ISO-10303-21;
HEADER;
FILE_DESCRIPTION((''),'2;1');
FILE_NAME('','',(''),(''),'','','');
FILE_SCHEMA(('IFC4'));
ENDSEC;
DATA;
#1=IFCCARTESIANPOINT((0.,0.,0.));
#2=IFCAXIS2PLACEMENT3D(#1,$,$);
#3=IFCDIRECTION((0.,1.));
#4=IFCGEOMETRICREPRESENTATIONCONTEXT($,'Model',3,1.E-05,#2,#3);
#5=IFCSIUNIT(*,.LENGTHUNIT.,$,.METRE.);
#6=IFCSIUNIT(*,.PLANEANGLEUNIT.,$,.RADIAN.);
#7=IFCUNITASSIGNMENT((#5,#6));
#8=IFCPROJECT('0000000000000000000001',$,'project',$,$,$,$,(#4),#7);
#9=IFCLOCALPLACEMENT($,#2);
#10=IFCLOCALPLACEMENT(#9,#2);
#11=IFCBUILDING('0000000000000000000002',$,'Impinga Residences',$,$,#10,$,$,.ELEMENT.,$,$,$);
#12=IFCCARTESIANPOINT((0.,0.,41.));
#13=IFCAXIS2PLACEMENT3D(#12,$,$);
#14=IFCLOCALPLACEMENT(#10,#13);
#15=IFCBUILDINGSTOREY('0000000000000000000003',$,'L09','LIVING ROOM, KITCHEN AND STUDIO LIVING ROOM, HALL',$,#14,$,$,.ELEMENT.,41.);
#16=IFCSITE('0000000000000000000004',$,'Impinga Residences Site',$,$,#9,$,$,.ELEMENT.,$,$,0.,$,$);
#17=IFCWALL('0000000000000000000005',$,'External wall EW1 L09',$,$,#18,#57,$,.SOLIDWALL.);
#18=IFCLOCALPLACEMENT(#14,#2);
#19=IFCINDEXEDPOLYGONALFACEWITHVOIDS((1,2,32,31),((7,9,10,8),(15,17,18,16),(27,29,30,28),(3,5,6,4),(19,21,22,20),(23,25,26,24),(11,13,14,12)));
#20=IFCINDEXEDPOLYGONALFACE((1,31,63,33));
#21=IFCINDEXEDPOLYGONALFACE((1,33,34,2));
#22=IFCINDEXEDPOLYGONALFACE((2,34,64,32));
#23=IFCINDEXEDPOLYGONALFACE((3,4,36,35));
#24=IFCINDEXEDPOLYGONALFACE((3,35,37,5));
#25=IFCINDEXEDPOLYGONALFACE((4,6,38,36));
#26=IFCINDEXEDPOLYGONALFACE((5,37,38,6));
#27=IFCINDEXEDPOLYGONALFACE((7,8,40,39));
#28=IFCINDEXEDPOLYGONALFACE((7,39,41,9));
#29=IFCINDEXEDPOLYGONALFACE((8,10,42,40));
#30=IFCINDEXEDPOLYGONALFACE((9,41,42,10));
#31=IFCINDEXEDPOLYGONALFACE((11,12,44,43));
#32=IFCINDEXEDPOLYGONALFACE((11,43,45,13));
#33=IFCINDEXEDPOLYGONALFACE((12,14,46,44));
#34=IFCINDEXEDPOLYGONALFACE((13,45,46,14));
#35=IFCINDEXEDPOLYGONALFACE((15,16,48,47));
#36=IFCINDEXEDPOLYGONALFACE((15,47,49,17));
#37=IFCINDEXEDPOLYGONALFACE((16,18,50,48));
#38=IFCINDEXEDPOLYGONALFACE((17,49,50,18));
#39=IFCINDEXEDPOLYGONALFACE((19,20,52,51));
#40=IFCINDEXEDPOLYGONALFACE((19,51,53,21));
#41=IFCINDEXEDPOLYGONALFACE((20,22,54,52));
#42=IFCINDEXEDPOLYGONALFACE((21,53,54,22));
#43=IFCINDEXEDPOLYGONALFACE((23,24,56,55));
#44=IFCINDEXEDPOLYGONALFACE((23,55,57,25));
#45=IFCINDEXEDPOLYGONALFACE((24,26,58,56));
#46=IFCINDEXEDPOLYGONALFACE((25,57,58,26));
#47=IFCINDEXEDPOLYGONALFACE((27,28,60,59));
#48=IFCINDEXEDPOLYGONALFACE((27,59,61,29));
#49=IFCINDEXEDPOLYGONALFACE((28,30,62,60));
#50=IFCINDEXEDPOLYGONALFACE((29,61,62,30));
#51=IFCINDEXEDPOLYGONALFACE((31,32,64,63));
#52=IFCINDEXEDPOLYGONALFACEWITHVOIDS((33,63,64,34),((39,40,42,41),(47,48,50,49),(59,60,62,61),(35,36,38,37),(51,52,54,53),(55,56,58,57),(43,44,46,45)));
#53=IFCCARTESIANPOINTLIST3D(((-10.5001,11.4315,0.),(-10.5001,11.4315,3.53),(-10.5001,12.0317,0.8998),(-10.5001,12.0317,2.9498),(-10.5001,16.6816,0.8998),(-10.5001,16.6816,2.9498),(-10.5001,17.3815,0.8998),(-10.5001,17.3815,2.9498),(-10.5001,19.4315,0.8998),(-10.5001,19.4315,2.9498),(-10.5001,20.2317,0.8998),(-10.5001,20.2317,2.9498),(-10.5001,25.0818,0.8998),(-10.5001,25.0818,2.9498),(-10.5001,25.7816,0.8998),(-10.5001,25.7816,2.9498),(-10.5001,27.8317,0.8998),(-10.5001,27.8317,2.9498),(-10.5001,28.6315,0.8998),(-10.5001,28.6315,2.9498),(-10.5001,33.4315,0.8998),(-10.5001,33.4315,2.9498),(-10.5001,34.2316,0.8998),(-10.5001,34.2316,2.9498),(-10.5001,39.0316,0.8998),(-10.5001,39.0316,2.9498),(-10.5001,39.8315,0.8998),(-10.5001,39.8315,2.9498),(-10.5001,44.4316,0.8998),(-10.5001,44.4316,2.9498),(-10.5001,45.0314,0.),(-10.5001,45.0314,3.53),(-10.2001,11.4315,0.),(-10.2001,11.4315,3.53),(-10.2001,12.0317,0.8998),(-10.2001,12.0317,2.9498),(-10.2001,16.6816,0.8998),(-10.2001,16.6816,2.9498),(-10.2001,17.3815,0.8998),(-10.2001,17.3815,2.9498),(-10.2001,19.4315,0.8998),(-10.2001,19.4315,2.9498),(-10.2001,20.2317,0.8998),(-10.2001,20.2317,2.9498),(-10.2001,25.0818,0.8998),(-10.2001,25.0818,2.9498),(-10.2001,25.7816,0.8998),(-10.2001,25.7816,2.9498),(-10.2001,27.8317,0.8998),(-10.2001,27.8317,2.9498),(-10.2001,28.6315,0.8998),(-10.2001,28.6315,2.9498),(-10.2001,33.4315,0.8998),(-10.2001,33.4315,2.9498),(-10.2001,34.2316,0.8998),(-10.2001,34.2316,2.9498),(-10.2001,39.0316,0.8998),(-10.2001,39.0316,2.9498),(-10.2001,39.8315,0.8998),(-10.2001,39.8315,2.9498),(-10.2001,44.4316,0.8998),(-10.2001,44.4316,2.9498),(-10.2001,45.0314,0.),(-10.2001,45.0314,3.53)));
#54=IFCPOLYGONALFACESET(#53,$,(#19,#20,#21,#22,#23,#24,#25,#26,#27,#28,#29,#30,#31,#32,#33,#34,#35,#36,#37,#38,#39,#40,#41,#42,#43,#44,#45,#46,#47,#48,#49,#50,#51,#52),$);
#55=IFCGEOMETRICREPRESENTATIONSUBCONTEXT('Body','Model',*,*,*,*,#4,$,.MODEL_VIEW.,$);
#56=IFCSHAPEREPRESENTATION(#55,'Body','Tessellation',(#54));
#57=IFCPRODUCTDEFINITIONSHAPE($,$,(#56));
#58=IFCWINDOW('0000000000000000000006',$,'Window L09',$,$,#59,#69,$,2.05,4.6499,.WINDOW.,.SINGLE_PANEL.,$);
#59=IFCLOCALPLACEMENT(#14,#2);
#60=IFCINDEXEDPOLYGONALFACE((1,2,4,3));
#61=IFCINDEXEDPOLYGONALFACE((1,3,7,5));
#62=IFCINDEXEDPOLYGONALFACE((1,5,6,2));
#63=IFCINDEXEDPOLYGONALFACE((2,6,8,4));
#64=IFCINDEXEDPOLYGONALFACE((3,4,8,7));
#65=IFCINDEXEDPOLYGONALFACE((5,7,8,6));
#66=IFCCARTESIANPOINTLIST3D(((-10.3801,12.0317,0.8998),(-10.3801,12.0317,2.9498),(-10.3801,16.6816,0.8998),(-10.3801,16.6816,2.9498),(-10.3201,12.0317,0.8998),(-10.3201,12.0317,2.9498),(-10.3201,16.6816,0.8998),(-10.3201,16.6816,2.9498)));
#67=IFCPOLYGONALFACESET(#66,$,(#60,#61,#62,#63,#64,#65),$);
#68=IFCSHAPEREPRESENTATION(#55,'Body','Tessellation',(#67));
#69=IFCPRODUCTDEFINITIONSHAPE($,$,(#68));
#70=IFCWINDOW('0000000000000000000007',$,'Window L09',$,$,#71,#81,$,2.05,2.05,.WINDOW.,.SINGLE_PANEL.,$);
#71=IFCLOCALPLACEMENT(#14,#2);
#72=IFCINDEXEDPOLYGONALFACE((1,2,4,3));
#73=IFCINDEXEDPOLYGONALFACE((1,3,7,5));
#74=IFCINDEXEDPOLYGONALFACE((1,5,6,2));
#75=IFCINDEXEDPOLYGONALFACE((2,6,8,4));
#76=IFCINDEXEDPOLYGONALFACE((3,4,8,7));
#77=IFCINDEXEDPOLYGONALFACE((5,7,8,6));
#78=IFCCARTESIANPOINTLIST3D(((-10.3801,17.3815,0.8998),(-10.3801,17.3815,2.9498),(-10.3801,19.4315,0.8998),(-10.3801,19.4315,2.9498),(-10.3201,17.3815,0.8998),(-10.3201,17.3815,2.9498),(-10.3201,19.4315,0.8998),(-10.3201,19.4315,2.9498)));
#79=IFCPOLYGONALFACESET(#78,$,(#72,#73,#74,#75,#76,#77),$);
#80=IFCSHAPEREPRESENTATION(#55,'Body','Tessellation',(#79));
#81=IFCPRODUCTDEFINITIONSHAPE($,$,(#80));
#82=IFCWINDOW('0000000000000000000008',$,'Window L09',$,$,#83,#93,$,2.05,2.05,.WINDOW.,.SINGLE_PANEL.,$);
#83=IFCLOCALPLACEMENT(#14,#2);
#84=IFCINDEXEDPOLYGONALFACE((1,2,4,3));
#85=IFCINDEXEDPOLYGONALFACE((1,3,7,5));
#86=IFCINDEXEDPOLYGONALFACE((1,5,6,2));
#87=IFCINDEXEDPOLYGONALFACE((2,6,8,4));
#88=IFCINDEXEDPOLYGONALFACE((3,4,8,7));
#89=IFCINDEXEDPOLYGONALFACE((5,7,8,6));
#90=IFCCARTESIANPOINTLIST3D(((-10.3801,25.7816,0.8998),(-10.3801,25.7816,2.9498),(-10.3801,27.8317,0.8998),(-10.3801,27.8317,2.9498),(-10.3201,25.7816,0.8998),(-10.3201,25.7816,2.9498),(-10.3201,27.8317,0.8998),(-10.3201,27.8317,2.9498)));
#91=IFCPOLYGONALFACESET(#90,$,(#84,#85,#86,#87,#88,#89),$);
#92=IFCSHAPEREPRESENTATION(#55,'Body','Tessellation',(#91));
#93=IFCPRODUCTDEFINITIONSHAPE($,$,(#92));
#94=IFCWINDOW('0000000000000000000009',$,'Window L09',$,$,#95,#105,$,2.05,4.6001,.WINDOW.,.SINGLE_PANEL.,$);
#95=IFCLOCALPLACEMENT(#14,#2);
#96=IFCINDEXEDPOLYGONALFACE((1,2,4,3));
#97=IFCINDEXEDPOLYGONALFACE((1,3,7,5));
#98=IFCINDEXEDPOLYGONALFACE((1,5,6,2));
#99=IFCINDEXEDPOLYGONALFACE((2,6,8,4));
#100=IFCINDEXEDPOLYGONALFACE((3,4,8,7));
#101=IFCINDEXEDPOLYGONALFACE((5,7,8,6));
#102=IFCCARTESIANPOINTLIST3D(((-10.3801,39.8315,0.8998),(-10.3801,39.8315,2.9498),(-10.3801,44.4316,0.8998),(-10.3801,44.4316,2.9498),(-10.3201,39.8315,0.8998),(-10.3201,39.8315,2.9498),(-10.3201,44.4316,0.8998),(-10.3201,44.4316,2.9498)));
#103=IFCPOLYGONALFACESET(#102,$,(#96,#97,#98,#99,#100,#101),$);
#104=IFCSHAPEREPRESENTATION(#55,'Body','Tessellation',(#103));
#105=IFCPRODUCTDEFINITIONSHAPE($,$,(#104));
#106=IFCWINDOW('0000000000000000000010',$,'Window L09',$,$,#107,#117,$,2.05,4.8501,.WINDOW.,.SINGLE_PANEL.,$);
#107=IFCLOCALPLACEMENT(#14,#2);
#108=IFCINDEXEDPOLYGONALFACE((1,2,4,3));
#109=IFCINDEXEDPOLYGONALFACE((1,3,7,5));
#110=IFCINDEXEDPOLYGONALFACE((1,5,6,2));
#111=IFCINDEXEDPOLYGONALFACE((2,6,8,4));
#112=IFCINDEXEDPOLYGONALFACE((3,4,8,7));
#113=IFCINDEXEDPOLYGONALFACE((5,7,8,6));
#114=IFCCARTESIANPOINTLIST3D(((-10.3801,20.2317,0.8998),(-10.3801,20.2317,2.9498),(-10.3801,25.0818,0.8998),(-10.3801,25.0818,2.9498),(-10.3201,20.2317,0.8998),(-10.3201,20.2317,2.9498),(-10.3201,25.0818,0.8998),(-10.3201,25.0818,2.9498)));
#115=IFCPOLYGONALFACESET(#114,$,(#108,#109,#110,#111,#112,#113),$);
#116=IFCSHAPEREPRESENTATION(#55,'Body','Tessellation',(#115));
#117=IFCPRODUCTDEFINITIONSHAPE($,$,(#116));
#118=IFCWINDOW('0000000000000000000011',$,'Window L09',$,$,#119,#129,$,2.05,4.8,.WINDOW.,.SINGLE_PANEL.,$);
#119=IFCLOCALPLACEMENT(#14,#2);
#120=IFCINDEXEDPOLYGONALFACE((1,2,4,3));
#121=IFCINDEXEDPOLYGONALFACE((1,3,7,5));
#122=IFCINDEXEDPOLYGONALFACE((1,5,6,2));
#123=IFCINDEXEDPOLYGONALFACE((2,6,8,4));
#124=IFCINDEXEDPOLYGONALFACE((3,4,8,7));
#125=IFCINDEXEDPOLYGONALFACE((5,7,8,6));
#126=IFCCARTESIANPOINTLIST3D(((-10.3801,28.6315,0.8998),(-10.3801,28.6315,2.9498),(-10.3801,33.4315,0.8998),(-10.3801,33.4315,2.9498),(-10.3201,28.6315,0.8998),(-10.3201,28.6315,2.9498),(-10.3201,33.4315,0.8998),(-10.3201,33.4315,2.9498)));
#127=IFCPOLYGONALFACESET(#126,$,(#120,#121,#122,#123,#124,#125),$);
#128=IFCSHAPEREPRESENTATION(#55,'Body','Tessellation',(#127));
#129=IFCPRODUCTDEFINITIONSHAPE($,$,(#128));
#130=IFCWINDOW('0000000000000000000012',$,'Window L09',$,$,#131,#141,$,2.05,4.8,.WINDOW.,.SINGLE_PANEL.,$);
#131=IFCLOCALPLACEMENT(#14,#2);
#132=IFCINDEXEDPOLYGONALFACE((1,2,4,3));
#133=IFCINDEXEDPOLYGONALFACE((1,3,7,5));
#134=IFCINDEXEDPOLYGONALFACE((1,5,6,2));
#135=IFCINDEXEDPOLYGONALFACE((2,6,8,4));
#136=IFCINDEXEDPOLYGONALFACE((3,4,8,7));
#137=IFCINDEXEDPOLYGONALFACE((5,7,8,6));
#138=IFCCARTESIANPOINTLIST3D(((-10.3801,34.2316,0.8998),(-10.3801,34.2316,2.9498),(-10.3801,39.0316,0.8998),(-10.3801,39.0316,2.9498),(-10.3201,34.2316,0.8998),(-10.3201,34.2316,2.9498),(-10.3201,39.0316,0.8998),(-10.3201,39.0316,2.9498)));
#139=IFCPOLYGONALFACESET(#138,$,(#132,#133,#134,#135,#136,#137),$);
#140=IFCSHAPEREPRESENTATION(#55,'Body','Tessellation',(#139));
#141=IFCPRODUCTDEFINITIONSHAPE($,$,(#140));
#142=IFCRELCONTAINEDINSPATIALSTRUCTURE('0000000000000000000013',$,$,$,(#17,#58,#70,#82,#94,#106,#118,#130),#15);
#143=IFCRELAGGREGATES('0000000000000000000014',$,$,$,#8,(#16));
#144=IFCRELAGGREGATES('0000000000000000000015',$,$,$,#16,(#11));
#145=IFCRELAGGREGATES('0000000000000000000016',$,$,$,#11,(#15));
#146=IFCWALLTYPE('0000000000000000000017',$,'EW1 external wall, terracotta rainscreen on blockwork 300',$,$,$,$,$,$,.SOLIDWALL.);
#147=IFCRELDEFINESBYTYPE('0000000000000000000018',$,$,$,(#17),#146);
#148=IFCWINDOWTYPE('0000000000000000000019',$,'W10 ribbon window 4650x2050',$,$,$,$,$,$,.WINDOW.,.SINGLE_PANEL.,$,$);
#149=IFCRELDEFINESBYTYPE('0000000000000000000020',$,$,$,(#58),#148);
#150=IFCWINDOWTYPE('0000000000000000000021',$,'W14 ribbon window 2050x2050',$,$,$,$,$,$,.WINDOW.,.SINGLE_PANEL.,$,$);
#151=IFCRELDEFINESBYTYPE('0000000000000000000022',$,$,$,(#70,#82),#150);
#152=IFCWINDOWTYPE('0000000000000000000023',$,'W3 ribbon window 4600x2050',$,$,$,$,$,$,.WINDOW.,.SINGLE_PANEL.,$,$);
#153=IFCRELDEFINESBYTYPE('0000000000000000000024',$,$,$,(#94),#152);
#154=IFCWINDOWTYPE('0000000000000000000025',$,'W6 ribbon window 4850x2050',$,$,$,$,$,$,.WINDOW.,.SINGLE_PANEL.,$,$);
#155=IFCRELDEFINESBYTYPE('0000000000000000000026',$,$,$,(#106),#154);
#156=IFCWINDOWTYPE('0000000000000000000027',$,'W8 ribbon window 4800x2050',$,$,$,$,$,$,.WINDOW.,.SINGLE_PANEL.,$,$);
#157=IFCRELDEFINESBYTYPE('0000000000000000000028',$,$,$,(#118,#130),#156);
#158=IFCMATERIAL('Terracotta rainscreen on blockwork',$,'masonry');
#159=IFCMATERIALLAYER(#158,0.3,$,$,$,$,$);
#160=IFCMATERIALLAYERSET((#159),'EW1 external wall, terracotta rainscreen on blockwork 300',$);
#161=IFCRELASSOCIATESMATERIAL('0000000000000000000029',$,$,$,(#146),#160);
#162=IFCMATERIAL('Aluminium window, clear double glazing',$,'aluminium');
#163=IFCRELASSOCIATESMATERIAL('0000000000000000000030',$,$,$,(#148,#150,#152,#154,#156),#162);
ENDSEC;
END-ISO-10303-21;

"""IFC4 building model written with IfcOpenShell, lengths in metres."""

from ifc_helpers import new_model, si_unit, direction, frame, frame_2d, origin, place, context, subcontext, project, spatial, rectangle, extrude, material, layer, layer_set, type_object, element, fill, save


model = new_model("IFC4")

# Units and contexts
model_context = context("Model", 3, precision=1e-05, world=origin(), true_north=direction((0.0, 1.0)))
body_context = subcontext(model_context, "Body", "Model", "MODEL_VIEW")
ifc_project = project(units=[si_unit("LENGTHUNIT", "METRE"), si_unit("PLANEANGLEUNIT", "RADIAN")], contexts=[model_context])

# Site, building, storey
site_placement = place(None, origin())
site = spatial("IfcSite", under=ifc_project, at=site_placement, Name="Impinga Residences Site", CompositionType="ELEMENT", RefElevation=0.0)
building_placement = place(site_placement, origin())
building = spatial("IfcBuilding", under=site, at=building_placement, Name="Impinga Residences", CompositionType="ELEMENT")
storey_placement = place(building_placement, frame((0.0, 0.0, 41.0)))
storey = spatial("IfcBuildingStorey", under=building, at=storey_placement, Name="L09", Description="LIVING ROOM, KITCHEN AND STUDIO LIVING ROOM, HALL", CompositionType="ELEMENT", Elevation=41.0)

# Shared definitions
ifc_material_1 = material(Name="Terracotta rainscreen on blockwork", Category="masonry")
ifc_layer_1 = layer(ifc_material_1, 0.3)
ifc_layer_set_1 = layer_set([ifc_layer_1], Name="EW1 external wall, terracotta rainscreen on blockwork 300")
wall_type_1 = type_object("IfcWallType", Name="EW1 external wall, terracotta rainscreen on blockwork 300", PredefinedType="SOLIDWALL", material=ifc_layer_set_1)

# Wall, openings, windows
wall_1_placement = place(storey_placement, frame((-10.3501, 11.4316, 0.0), z_axis=(0.0, 0.0, 1.0), x_axis=(0.0, 1.0, 0.0)))
wall_1 = element("IfcWall", 1, at=wall_1_placement, inside=storey, type_object=wall_type_1, Name="External wall EW1 L09", PredefinedType="SOLIDWALL", context=body_context, shape_type="SweptSolid", body=[
    extrude(rectangle(XDim=33.5999, YDim=0.3, at=frame_2d((16.7998, 0.0))), origin(), (0.0, 0.0, 1.0), 3.53),
])
opening_1_placement = place(wall_1_placement, frame((0.6001, 0.0, 0.8999)))
opening_1 = element("IfcOpeningElement", 2, at=opening_1_placement, cuts=wall_1, PredefinedType="OPENING", context=body_context, shape_type="SweptSolid", body=[
    extrude(rectangle(XDim=4.6499, YDim=2.05, at=frame_2d((2.325, 1.0249))), frame((0.0, 0.1599, 0.0), z_axis=(0.0, -1.0, 0.0), x_axis=(1.0, 0.0, 0.0)), (0.0, 0.0, 1.0), 0.3201),
])
opening_2_placement = place(wall_1_placement, frame((5.95, 0.0, 0.8999)))
opening_2 = element("IfcOpeningElement", 3, at=opening_2_placement, cuts=wall_1, PredefinedType="OPENING", context=body_context, shape_type="SweptSolid", body=[
    extrude(rectangle(XDim=2.05, YDim=2.05, at=frame_2d((1.0249, 1.0249))), frame((0.0, 0.1599, 0.0), z_axis=(0.0, -1.0, 0.0), x_axis=(1.0, 0.0, 0.0)), (0.0, 0.0, 1.0), 0.3201),
])
opening_3_placement = place(wall_1_placement, frame((8.8, 0.0, 0.8999)))
opening_3 = element("IfcOpeningElement", 4, at=opening_3_placement, cuts=wall_1, PredefinedType="OPENING", context=body_context, shape_type="SweptSolid", body=[
    extrude(rectangle(XDim=4.8501, YDim=2.05, at=frame_2d((2.425, 1.0249))), frame((0.0, 0.1599, 0.0), z_axis=(0.0, -1.0, 0.0), x_axis=(1.0, 0.0, 0.0)), (0.0, 0.0, 1.0), 0.3201),
])
opening_4_placement = place(wall_1_placement, frame((14.3501, 0.0, 0.8999)))
opening_4 = element("IfcOpeningElement", 5, at=opening_4_placement, cuts=wall_1, PredefinedType="OPENING", context=body_context, shape_type="SweptSolid", body=[
    extrude(rectangle(XDim=2.05, YDim=2.05, at=frame_2d((1.0249, 1.0249))), frame((0.0, 0.1599, 0.0), z_axis=(0.0, -1.0, 0.0), x_axis=(1.0, 0.0, 0.0)), (0.0, 0.0, 1.0), 0.3201),
])
opening_5_placement = place(wall_1_placement, frame((17.2, 0.0, 0.8999)))
opening_5 = element("IfcOpeningElement", 6, at=opening_5_placement, cuts=wall_1, PredefinedType="OPENING", context=body_context, shape_type="SweptSolid", body=[
    extrude(rectangle(XDim=4.8, YDim=2.05, at=frame_2d((2.3999, 1.0249))), frame((0.0, 0.1599, 0.0), z_axis=(0.0, -1.0, 0.0), x_axis=(1.0, 0.0, 0.0)), (0.0, 0.0, 1.0), 0.3201),
])
opening_6_placement = place(wall_1_placement, frame((22.8, 0.0, 0.8999)))
opening_6 = element("IfcOpeningElement", 7, at=opening_6_placement, cuts=wall_1, PredefinedType="OPENING", context=body_context, shape_type="SweptSolid", body=[
    extrude(rectangle(XDim=4.8, YDim=2.05, at=frame_2d((2.3999, 1.0249))), frame((0.0, 0.1599, 0.0), z_axis=(0.0, -1.0, 0.0), x_axis=(1.0, 0.0, 0.0)), (0.0, 0.0, 1.0), 0.3201),
])
opening_7_placement = place(wall_1_placement, frame((28.3999, 0.0, 0.8999)))
opening_7 = element("IfcOpeningElement", 8, at=opening_7_placement, cuts=wall_1, PredefinedType="OPENING", context=body_context, shape_type="SweptSolid", body=[
    extrude(rectangle(XDim=4.6001, YDim=2.05, at=frame_2d((2.3, 1.0249))), frame((0.0, 0.1599, 0.0), z_axis=(0.0, -1.0, 0.0), x_axis=(1.0, 0.0, 0.0)), (0.0, 0.0, 1.0), 0.3201),
])
ifc_material_2 = material(Name="Aluminium window, clear double glazing", Category="aluminium")
window_type_1 = type_object("IfcWindowType", Name="W10 ribbon window 4650x2050", PartitioningType="SINGLE_PANEL", PredefinedType="WINDOW", material=ifc_material_2)
window_1_placement = place(opening_1_placement, origin())
window_1 = element("IfcWindow", 9, at=window_1_placement, inside=storey, type_object=window_type_1, Name="Window L09", OverallHeight=2.05, OverallWidth=4.6499, PartitioningType="SINGLE_PANEL", PredefinedType="WINDOW", context=body_context, shape_type="SweptSolid", body=[
    extrude(rectangle(XDim=4.6499, YDim=2.05, at=frame_2d((2.325, 1.0249))), frame((0.0, 0.03, 0.0), z_axis=(0.0, -1.0, 0.0), x_axis=(1.0, 0.0, 0.0)), (0.0, 0.0, 1.0), 0.0601),
])
fill(opening_1, window_1)
window_type_2 = type_object("IfcWindowType", Name="W14 ribbon window 2050x2050", PartitioningType="SINGLE_PANEL", PredefinedType="WINDOW", material=ifc_material_2)
window_2_placement = place(opening_2_placement, origin())
window_2 = element("IfcWindow", 10, at=window_2_placement, inside=storey, type_object=window_type_2, Name="Window L09", OverallHeight=2.05, OverallWidth=2.05, PartitioningType="SINGLE_PANEL", PredefinedType="WINDOW", context=body_context, shape_type="SweptSolid", body=[
    extrude(rectangle(XDim=2.05, YDim=2.05, at=frame_2d((1.0249, 1.0249))), frame((0.0, 0.03, 0.0), z_axis=(0.0, -1.0, 0.0), x_axis=(1.0, 0.0, 0.0)), (0.0, 0.0, 1.0), 0.0601),
])
fill(opening_2, window_2)
window_3_placement = place(opening_4_placement, origin())
window_3 = element("IfcWindow", 11, at=window_3_placement, inside=storey, type_object=window_type_2, Name="Window L09", OverallHeight=2.05, OverallWidth=2.05, PartitioningType="SINGLE_PANEL", PredefinedType="WINDOW", context=body_context, shape_type="SweptSolid", body=[
    extrude(rectangle(XDim=2.05, YDim=2.05, at=frame_2d((1.0249, 1.0249))), frame((0.0, 0.03, 0.0), z_axis=(0.0, -1.0, 0.0), x_axis=(1.0, 0.0, 0.0)), (0.0, 0.0, 1.0), 0.0601),
])
fill(opening_4, window_3)
window_type_3 = type_object("IfcWindowType", Name="W3 ribbon window 4600x2050", PartitioningType="SINGLE_PANEL", PredefinedType="WINDOW", material=ifc_material_2)
window_4_placement = place(opening_7_placement, origin())
window_4 = element("IfcWindow", 12, at=window_4_placement, inside=storey, type_object=window_type_3, Name="Window L09", OverallHeight=2.05, OverallWidth=4.6001, PartitioningType="SINGLE_PANEL", PredefinedType="WINDOW", context=body_context, shape_type="SweptSolid", body=[
    extrude(rectangle(XDim=4.6001, YDim=2.05, at=frame_2d((2.3, 1.0249))), frame((0.0, 0.03, 0.0), z_axis=(0.0, -1.0, 0.0), x_axis=(1.0, 0.0, 0.0)), (0.0, 0.0, 1.0), 0.0601),
])
fill(opening_7, window_4)
window_type_4 = type_object("IfcWindowType", Name="W6 ribbon window 4850x2050", PartitioningType="SINGLE_PANEL", PredefinedType="WINDOW", material=ifc_material_2)
window_5_placement = place(opening_3_placement, origin())
window_5 = element("IfcWindow", 13, at=window_5_placement, inside=storey, type_object=window_type_4, Name="Window L09", OverallHeight=2.05, OverallWidth=4.8501, PartitioningType="SINGLE_PANEL", PredefinedType="WINDOW", context=body_context, shape_type="SweptSolid", body=[
    extrude(rectangle(XDim=4.8501, YDim=2.05, at=frame_2d((2.425, 1.0249))), frame((0.0, 0.03, 0.0), z_axis=(0.0, -1.0, 0.0), x_axis=(1.0, 0.0, 0.0)), (0.0, 0.0, 1.0), 0.0601),
])
fill(opening_3, window_5)
window_type_5 = type_object("IfcWindowType", Name="W8 ribbon window 4800x2050", PartitioningType="SINGLE_PANEL", PredefinedType="WINDOW", material=ifc_material_2)
window_6_placement = place(opening_5_placement, origin())
window_6 = element("IfcWindow", 14, at=window_6_placement, inside=storey, type_object=window_type_5, Name="Window L09", OverallHeight=2.05, OverallWidth=4.8, PartitioningType="SINGLE_PANEL", PredefinedType="WINDOW", context=body_context, shape_type="SweptSolid", body=[
    extrude(rectangle(XDim=4.8, YDim=2.05, at=frame_2d((2.3999, 1.0249))), frame((0.0, 0.03, 0.0), z_axis=(0.0, -1.0, 0.0), x_axis=(1.0, 0.0, 0.0)), (0.0, 0.0, 1.0), 0.0601),
])
fill(opening_5, window_6)
window_7_placement = place(opening_6_placement, origin())
window_7 = element("IfcWindow", 15, at=window_7_placement, inside=storey, type_object=window_type_5, Name="Window L09", OverallHeight=2.05, OverallWidth=4.8, PartitioningType="SINGLE_PANEL", PredefinedType="WINDOW", context=body_context, shape_type="SweptSolid", body=[
    extrude(rectangle(XDim=4.8, YDim=2.05, at=frame_2d((2.3999, 1.0249))), frame((0.0, 0.03, 0.0), z_axis=(0.0, -1.0, 0.0), x_axis=(1.0, 0.0, 0.0)), (0.0, 0.0, 1.0), 0.0601),
])
fill(opening_6, window_7)

save(model, "model.ifc")
